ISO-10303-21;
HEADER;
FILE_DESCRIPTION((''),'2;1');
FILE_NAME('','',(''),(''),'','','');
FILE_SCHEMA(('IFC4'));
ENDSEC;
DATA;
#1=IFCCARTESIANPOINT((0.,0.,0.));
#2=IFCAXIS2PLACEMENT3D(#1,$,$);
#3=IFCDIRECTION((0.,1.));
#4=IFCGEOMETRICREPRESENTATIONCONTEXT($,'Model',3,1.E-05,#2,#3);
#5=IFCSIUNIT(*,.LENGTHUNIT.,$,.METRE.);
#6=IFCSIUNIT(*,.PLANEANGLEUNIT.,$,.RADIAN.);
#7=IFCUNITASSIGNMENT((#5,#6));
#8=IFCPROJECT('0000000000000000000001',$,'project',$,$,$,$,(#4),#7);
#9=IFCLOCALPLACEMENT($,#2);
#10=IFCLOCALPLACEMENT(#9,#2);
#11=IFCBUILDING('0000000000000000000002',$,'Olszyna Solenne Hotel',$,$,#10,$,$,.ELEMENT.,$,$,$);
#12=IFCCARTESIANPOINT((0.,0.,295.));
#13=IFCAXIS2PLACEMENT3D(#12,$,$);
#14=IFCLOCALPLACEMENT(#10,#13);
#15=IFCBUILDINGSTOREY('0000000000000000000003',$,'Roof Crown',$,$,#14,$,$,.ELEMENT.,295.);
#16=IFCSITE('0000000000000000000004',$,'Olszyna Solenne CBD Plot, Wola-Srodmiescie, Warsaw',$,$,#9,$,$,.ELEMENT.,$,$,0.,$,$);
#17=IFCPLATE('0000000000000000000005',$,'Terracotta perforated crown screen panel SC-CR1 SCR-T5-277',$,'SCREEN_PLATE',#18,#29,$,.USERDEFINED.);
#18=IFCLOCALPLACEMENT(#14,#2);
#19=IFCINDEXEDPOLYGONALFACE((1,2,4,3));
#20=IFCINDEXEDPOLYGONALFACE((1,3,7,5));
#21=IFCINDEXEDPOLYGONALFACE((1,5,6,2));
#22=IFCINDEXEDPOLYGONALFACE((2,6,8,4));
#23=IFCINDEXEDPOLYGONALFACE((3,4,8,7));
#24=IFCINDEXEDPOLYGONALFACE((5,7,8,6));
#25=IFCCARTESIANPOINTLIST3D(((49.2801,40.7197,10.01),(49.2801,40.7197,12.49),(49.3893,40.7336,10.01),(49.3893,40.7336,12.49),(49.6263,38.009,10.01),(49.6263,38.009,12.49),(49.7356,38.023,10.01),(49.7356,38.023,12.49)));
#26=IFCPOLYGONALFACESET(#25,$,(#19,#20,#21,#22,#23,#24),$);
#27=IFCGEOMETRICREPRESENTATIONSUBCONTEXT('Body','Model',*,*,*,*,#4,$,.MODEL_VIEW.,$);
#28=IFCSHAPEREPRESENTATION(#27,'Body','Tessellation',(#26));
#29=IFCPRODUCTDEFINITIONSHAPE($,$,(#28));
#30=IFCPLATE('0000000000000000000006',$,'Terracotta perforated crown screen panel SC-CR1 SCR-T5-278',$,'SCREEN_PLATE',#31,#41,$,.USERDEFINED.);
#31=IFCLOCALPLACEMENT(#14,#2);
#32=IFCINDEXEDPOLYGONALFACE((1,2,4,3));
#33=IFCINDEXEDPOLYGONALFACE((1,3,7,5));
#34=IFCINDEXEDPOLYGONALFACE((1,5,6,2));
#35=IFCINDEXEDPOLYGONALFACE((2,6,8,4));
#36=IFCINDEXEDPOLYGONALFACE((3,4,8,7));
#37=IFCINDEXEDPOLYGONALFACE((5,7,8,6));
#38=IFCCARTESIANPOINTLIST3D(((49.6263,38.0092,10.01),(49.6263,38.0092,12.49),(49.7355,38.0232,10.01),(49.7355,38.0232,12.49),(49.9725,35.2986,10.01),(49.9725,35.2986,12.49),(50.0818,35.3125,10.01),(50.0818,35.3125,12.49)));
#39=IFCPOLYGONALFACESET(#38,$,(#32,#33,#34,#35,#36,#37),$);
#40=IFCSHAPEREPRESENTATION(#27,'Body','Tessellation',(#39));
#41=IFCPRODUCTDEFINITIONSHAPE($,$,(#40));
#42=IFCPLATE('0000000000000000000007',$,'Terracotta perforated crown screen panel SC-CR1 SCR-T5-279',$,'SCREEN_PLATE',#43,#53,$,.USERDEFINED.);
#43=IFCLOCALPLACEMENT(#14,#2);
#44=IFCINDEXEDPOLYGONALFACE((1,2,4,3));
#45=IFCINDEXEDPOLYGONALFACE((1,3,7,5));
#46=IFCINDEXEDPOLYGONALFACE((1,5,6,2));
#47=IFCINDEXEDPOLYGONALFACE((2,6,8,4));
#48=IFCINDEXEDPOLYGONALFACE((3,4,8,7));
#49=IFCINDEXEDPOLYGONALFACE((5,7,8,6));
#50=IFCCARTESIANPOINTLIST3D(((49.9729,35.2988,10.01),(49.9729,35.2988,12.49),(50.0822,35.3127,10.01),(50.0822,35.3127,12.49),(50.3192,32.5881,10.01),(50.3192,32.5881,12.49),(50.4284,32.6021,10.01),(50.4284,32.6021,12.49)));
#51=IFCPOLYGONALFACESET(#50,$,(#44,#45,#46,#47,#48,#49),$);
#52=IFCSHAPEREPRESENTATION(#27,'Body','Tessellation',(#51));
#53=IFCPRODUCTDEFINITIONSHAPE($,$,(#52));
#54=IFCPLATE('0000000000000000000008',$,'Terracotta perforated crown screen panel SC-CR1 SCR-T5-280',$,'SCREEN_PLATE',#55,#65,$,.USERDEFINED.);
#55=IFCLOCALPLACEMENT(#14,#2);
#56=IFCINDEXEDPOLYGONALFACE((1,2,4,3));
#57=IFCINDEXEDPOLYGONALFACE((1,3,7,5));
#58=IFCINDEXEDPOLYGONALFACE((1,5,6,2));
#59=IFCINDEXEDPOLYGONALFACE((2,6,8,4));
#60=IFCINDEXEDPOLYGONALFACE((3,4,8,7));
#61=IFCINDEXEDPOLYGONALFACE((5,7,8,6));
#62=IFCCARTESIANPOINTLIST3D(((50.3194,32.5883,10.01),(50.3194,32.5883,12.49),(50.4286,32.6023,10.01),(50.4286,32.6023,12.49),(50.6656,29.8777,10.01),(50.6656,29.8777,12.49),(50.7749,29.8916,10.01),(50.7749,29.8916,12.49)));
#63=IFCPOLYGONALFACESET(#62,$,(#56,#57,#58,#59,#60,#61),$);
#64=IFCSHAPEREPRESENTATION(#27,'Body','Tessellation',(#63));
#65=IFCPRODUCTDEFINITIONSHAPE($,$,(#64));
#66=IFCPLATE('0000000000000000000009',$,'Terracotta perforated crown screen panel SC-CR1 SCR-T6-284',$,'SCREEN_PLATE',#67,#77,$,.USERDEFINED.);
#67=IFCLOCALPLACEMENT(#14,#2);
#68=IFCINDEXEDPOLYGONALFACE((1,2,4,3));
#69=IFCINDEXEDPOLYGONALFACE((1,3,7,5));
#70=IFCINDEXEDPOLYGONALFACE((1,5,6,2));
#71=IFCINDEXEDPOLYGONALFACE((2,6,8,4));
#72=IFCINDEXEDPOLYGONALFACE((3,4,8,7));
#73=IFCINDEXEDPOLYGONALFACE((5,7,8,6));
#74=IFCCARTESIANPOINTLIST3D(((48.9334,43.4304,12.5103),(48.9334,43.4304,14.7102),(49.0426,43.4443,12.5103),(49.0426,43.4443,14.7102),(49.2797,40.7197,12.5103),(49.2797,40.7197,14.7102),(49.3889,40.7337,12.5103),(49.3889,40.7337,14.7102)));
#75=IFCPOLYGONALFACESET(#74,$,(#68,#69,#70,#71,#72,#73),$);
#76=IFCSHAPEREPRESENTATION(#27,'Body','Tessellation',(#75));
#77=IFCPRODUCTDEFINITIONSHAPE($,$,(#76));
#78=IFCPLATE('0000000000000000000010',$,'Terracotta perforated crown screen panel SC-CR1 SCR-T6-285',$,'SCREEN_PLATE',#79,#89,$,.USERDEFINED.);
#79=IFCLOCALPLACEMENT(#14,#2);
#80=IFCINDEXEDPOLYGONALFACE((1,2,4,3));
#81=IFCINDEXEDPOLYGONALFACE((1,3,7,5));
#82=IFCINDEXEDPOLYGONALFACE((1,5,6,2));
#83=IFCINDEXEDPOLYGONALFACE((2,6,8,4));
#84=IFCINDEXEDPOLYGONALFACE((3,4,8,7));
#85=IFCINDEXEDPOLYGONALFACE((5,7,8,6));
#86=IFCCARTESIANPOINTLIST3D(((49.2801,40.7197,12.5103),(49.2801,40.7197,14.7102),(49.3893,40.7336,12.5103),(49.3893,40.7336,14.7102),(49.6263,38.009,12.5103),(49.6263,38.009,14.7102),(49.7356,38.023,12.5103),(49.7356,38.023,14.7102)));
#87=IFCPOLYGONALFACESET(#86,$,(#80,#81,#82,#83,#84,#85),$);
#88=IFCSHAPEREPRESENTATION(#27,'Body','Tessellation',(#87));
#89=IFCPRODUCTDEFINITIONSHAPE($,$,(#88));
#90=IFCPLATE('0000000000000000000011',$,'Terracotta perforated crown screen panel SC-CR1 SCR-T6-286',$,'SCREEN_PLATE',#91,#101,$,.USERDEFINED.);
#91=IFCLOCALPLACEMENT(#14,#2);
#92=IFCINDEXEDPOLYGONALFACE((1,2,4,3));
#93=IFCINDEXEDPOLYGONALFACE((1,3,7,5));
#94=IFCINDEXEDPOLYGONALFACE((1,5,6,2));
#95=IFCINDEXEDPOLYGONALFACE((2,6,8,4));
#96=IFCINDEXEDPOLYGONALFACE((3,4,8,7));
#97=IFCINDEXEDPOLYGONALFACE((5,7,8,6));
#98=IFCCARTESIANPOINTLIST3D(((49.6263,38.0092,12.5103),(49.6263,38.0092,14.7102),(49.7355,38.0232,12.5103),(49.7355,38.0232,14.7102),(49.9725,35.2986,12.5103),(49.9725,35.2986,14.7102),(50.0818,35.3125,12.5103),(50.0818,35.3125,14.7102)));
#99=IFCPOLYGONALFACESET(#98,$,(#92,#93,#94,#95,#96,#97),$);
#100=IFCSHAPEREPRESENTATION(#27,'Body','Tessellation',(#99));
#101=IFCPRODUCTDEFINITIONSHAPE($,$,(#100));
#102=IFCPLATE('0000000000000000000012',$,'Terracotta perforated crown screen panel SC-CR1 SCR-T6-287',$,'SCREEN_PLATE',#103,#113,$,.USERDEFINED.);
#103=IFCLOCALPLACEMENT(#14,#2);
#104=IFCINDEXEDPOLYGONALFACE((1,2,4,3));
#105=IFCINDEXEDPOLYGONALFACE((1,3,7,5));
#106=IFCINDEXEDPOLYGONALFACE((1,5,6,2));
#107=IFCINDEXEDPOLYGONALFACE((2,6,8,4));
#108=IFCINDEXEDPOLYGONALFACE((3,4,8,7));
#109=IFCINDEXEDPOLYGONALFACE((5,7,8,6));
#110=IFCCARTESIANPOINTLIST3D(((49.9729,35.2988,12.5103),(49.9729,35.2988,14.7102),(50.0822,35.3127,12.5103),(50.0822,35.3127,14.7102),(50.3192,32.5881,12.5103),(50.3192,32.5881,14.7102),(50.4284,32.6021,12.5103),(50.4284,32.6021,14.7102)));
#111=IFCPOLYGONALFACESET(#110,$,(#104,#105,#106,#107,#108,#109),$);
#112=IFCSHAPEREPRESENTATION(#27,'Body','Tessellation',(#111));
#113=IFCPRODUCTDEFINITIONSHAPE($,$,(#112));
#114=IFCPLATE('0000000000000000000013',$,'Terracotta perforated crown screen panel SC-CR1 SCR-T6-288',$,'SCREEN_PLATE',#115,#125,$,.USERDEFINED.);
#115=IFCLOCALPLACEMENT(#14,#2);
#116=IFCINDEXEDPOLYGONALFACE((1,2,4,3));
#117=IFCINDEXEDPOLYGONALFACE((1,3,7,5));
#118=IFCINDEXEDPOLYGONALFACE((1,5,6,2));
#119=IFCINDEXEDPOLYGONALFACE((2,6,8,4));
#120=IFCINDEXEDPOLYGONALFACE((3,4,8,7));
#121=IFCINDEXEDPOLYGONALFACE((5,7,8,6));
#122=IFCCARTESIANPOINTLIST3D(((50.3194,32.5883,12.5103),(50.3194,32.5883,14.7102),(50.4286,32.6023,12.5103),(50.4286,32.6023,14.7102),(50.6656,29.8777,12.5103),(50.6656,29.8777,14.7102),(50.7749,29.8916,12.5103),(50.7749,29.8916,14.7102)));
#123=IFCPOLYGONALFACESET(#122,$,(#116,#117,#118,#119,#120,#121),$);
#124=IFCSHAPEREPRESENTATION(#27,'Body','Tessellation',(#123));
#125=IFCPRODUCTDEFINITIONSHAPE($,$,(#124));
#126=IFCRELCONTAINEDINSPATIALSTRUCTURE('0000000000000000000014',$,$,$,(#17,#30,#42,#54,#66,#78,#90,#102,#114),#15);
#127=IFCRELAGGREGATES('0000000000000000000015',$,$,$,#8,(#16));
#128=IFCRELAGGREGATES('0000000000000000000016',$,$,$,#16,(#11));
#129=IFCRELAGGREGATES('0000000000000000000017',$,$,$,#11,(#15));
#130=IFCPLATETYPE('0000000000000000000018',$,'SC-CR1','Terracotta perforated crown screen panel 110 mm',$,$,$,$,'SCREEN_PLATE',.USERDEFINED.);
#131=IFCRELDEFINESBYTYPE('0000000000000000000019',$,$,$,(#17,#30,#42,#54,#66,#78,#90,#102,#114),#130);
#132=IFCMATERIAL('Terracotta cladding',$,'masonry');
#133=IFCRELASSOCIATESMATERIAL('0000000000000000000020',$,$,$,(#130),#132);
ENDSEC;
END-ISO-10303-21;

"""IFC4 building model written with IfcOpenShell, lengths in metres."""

from ifc_helpers import new_model, si_unit, direction, frame, origin, origin_2d, place, context, subcontext, project, spatial, rectangle, extrude, source, transform, mapped, material, type_object, element, save


model = new_model("IFC4")

# Units and contexts
model_context = context("Model", 3, precision=1e-05, world=origin(), true_north=direction((0.0, 1.0)))
body_context = subcontext(model_context, "Body", "Model", "MODEL_VIEW")
ifc_project = project(units=[si_unit("LENGTHUNIT", "METRE"), si_unit("PLANEANGLEUNIT", "RADIAN")], contexts=[model_context])

# Site, building, storey
site_placement = place(None, origin())
site = spatial("IfcSite", under=ifc_project, at=site_placement, Name="Olszyna Solenne CBD Plot, Wola-Srodmiescie, Warsaw", CompositionType="ELEMENT", RefElevation=0.0)
building_placement = place(site_placement, origin())
building = spatial("IfcBuilding", under=site, at=building_placement, Name="Olszyna Solenne Hotel", CompositionType="ELEMENT")
storey_placement = place(building_placement, frame((0.0, 0.0, 295.0)))
storey = spatial("IfcBuildingStorey", under=building, at=storey_placement, Name="Roof Crown", CompositionType="ELEMENT", Elevation=295.0)

# Plates
ifc_material = material(Name="Terracotta cladding", Category="masonry")
plate_type = type_object("IfcPlateType", Name="SC-CR1", Description="Terracotta perforated crown screen panel 110 mm", ElementType="SCREEN_PLATE", PredefinedType="USERDEFINED", material=ifc_material)
shared_shape_1 = source(origin(), body_context, "Body", "SweptSolid", [
    extrude(rectangle(XDim=2.7327, YDim=0.1101, at=origin_2d()), origin(), (0.0, 0.0, 1.0), 2.48),
])
for number, where, z_axis, x_axis, name in (
    (1, (49.5078, 39.3713, 10.01), (0.0, 0.0, 1.0), (0.126718, -0.991939, 0.0), "Terracotta perforated crown screen panel SC-CR1 SCR-T5-277"),
    (2, (49.854, 36.6609, 10.01), (0.0, 0.0, 1.0), (0.126718, -0.991939, 0.0), "Terracotta perforated crown screen panel SC-CR1 SCR-T5-278"),
    (3, (50.2007, 33.9504, 10.01), (0.0, 0.0, 1.0), (0.126718, -0.991939, 0.0), "Terracotta perforated crown screen panel SC-CR1 SCR-T5-279"),
    (4, (50.5471, 31.24, 10.01), (0.0, 0.0, 1.0), (0.126718, -0.991939, 0.0), "Terracotta perforated crown screen panel SC-CR1 SCR-T5-280"),
):
    element("IfcPlate", number, at=place(storey_placement, frame(where, z_axis=z_axis, x_axis=x_axis)), inside=storey, type_object=plate_type, Name=name, ObjectType="SCREEN_PLATE", PredefinedType="USERDEFINED", context=body_context, shape_type="MappedRepresentation", body=[
        mapped(shared_shape_1, transform((0.0, 0.0, 0.0), x_axis=(1.0, 0.0, 0.0), y_axis=(0.0, 1.0, 0.0), z_axis=(0.0, 0.0, 1.0), scale=1.0)),
    ])
shared_shape_2 = source(origin(), body_context, "Body", "SweptSolid", [
    extrude(rectangle(XDim=2.7327, YDim=0.1101, at=origin_2d()), origin(), (0.0, 0.0, 1.0), 2.2),
])
for number, where, z_axis, x_axis, name in (
    (5, (49.1611, 42.082, 12.5103), (0.0, 0.0, 1.0), (0.126718, -0.991939, 0.0), "Terracotta perforated crown screen panel SC-CR1 SCR-T6-284"),
    (6, (49.5078, 39.3713, 12.5103), (0.0, 0.0, 1.0), (0.126718, -0.991939, 0.0), "Terracotta perforated crown screen panel SC-CR1 SCR-T6-285"),
    (7, (49.854, 36.6609, 12.5103), (0.0, 0.0, 1.0), (0.126718, -0.991939, 0.0), "Terracotta perforated crown screen panel SC-CR1 SCR-T6-286"),
    (8, (50.2007, 33.9504, 12.5103), (0.0, 0.0, 1.0), (0.126718, -0.991939, 0.0), "Terracotta perforated crown screen panel SC-CR1 SCR-T6-287"),
    (9, (50.5471, 31.24, 12.5103), (0.0, 0.0, 1.0), (0.126718, -0.991939, 0.0), "Terracotta perforated crown screen panel SC-CR1 SCR-T6-288"),
):
    element("IfcPlate", number, at=place(storey_placement, frame(where, z_axis=z_axis, x_axis=x_axis)), inside=storey, type_object=plate_type, Name=name, ObjectType="SCREEN_PLATE", PredefinedType="USERDEFINED", context=body_context, shape_type="MappedRepresentation", body=[
        mapped(shared_shape_2, transform((0.0, 0.0, 0.0), x_axis=(1.0, 0.0, 0.0), y_axis=(0.0, 1.0, 0.0), z_axis=(0.0, 0.0, 1.0), scale=1.0)),
    ])

save(model, "model.ifc")
